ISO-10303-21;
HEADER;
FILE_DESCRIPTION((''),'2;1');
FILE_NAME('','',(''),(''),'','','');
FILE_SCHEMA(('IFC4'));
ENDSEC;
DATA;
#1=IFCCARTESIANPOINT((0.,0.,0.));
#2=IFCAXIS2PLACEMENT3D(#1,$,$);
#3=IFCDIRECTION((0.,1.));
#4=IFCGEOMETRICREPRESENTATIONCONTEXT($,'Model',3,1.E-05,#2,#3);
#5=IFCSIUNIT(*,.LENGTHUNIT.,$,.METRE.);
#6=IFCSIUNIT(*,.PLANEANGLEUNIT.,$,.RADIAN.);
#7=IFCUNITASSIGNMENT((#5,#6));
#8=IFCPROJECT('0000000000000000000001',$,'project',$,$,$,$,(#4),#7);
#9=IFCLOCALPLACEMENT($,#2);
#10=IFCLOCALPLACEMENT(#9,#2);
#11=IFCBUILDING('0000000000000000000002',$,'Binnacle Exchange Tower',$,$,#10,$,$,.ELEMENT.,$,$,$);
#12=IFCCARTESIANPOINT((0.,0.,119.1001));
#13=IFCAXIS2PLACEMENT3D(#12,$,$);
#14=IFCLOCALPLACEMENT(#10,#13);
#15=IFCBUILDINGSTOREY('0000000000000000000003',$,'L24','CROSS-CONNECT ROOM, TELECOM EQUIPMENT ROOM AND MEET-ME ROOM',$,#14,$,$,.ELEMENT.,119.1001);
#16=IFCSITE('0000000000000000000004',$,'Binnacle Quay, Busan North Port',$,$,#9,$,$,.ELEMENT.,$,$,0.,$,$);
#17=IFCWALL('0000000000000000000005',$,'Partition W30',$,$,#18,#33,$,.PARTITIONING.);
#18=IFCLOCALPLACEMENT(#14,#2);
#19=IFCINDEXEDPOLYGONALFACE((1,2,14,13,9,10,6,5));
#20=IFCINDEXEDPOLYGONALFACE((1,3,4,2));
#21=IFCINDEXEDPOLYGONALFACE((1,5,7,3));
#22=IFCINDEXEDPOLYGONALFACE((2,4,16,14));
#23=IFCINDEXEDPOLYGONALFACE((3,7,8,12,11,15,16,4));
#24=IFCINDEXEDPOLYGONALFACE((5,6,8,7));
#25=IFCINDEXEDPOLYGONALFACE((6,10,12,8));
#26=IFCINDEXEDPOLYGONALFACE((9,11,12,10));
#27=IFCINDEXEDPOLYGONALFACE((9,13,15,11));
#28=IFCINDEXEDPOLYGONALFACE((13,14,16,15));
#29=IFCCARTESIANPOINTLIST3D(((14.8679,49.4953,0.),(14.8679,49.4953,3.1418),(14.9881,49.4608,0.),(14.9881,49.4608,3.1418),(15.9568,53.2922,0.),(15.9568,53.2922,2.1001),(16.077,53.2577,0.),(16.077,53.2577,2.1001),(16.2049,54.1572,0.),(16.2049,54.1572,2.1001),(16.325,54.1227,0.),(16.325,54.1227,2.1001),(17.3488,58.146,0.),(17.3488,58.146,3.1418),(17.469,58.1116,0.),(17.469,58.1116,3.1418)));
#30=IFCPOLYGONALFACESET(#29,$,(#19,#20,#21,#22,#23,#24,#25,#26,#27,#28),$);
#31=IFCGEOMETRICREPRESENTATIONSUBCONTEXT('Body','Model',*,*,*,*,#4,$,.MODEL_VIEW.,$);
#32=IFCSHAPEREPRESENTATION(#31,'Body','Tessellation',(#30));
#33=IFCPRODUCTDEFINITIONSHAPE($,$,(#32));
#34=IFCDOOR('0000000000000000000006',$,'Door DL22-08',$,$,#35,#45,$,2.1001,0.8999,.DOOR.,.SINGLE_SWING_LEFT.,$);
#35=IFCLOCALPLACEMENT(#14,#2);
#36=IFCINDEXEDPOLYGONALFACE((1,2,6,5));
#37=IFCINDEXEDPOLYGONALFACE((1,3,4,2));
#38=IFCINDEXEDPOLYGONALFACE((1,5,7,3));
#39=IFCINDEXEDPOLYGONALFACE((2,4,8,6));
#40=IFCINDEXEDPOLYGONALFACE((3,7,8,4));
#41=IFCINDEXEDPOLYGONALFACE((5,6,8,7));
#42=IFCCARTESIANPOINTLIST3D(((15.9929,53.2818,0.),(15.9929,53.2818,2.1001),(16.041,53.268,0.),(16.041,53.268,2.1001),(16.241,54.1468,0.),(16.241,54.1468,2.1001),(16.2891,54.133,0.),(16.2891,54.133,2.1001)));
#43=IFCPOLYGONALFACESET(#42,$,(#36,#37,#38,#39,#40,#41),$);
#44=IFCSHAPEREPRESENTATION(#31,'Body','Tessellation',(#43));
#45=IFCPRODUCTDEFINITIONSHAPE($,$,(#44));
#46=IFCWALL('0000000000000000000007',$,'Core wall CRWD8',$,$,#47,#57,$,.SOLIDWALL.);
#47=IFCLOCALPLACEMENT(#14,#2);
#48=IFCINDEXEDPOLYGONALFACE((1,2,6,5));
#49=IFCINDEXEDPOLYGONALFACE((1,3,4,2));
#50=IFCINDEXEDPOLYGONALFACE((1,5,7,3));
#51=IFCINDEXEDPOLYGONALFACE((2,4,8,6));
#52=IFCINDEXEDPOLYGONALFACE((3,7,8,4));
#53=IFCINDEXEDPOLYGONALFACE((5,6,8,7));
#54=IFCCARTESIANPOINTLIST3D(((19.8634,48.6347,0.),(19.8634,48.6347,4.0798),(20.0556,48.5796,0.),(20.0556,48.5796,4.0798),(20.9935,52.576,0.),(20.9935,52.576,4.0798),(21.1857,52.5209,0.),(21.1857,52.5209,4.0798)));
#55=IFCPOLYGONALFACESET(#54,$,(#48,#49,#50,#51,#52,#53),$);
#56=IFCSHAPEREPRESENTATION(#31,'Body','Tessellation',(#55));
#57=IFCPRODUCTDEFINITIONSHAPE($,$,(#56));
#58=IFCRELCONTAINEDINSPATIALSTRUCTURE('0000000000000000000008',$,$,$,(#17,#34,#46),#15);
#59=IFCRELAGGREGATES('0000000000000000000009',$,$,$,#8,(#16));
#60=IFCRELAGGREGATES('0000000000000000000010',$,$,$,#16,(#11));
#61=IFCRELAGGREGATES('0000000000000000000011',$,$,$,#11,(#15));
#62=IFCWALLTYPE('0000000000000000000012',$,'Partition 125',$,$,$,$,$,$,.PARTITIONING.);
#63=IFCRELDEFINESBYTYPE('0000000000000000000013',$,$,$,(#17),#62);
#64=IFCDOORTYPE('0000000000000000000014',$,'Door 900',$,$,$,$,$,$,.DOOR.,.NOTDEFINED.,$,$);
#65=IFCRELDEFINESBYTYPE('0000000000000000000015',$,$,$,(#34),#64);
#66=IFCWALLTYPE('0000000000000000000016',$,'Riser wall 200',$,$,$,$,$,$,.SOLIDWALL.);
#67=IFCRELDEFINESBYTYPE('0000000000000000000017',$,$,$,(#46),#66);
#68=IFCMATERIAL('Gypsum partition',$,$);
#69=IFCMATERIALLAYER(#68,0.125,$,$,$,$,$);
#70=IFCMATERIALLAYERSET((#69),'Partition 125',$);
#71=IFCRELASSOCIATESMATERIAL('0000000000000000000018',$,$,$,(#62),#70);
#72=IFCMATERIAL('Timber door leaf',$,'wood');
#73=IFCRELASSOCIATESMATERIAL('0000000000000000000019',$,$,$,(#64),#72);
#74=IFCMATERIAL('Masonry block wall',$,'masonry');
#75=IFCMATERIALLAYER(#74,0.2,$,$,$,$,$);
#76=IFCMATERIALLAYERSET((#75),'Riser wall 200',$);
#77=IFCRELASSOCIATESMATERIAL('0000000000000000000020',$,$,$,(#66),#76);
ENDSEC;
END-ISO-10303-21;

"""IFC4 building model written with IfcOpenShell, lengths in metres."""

from ifc_helpers import new_model, si_unit, direction, frame, frame_2d, origin, place, context, subcontext, project, spatial, rectangle, extrude, material, layer, layer_set, type_object, element, fill, save


model = new_model("IFC4")

# Units and contexts
model_context = context("Model", 3, precision=1e-05, world=origin(), true_north=direction((0.0, 1.0)))
body_context = subcontext(model_context, "Body", "Model", "MODEL_VIEW")
ifc_project = project(units=[si_unit("LENGTHUNIT", "METRE"), si_unit("PLANEANGLEUNIT", "RADIAN")], contexts=[model_context])

# Site, building, storey
site_placement = place(None, origin())
site = spatial("IfcSite", under=ifc_project, at=site_placement, Name="Binnacle Quay, Busan North Port", CompositionType="ELEMENT", RefElevation=0.0)
building_placement = place(site_placement, origin())
building = spatial("IfcBuilding", under=site, at=building_placement, Name="Binnacle Exchange Tower", CompositionType="ELEMENT")
storey_placement = place(building_placement, frame((0.0, 0.0, 119.1001)))
storey = spatial("IfcBuildingStorey", under=building, at=storey_placement, Name="L24", Description="CROSS-CONNECT ROOM, TELECOM EQUIPMENT ROOM AND MEET-ME ROOM", CompositionType="ELEMENT", Elevation=119.1001)

# Shared definitions
ifc_material_1 = material(Name="Masonry block wall", Category="masonry")

# Shared definitions
ifc_material_2 = material(Name="Gypsum partition")
ifc_layer_1 = layer(ifc_material_2, 0.125)
ifc_layer_set_1 = layer_set([ifc_layer_1], Name="Partition 125")
wall_type_1 = type_object("IfcWallType", Name="Partition 125", PredefinedType="PARTITIONING", material=ifc_layer_set_1)

# Wall, opening, door
wall_1_placement = place(storey_placement, frame((14.928, 49.478, 0.0), z_axis=(0.0, 0.0, 1.0), x_axis=(0.275674, 0.961251, 0.0)))
wall_1 = element("IfcWall", 1, at=wall_1_placement, inside=storey, type_object=wall_type_1, Name="Partition W30", PredefinedType="PARTITIONING", context=body_context, shape_type="SweptSolid", body=[
    extrude(rectangle(XDim=8.9995, YDim=0.125, at=frame_2d((4.4998, 0.0))), origin(), (0.0, 0.0, 1.0), 3.1418),
])
opening_1_placement = place(wall_1_placement, frame((3.95, 0.0, 0.0)))
opening_1 = element("IfcOpeningElement", 2, at=opening_1_placement, cuts=wall_1, PredefinedType="OPENING", context=body_context, shape_type="SweptSolid", body=[
    extrude(rectangle(XDim=0.8999, YDim=2.1001, at=frame_2d((0.45, 1.05))), frame((0.0, 0.0725, 0.0), z_axis=(0.0, -1.0, 0.0), x_axis=(1.0, 0.0, 0.0)), (0.0, 0.0, 1.0), 0.145),
])
ifc_material_3 = material(Name="Timber door leaf", Category="wood")
door_type_1 = type_object("IfcDoorType", Name="Door 900", OperationType="NOTDEFINED", PredefinedType="DOOR", material=ifc_material_3)
door_1_placement = place(opening_1_placement, origin())
door_1 = element("IfcDoor", 3, at=door_1_placement, inside=storey, type_object=door_type_1, Name="Door DL22-08", OperationType="SINGLE_SWING_LEFT", OverallHeight=2.1001, OverallWidth=0.8999, PredefinedType="DOOR", context=body_context, shape_type="SweptSolid", body=[
    extrude(rectangle(XDim=0.8999, YDim=2.1001, at=frame_2d((0.45, 1.05))), frame((0.0, 0.0249, 0.0), z_axis=(0.0, -1.0, 0.0), x_axis=(1.0, 0.0, 0.0)), (0.0, 0.0, 1.0), 0.05),
])
fill(opening_1, door_1)

# Wall
ifc_layer_2 = layer(ifc_material_1, 0.2)
ifc_layer_set_2 = layer_set([ifc_layer_2], Name="Riser wall 200")
wall_type_2 = type_object("IfcWallType", Name="Riser wall 200", PredefinedType="SOLIDWALL", material=ifc_layer_set_2)
wall_2_placement = place(storey_placement, frame((19.9595, 48.6072, 0.0), z_axis=(0.0, 0.0, 1.0), x_axis=(0.275641, 0.961261, 0.0)))
element("IfcWall", 4, at=wall_2_placement, inside=storey, type_object=wall_type_2, Name="Core wall CRWD8", PredefinedType="SOLIDWALL", context=body_context, shape_type="SweptSolid", body=[
    extrude(rectangle(XDim=4.1001, YDim=0.2, at=frame_2d((2.05, 0.0))), origin(), (0.0, 0.0, 1.0), 4.0798),
])

save(model, "model.ifc")
